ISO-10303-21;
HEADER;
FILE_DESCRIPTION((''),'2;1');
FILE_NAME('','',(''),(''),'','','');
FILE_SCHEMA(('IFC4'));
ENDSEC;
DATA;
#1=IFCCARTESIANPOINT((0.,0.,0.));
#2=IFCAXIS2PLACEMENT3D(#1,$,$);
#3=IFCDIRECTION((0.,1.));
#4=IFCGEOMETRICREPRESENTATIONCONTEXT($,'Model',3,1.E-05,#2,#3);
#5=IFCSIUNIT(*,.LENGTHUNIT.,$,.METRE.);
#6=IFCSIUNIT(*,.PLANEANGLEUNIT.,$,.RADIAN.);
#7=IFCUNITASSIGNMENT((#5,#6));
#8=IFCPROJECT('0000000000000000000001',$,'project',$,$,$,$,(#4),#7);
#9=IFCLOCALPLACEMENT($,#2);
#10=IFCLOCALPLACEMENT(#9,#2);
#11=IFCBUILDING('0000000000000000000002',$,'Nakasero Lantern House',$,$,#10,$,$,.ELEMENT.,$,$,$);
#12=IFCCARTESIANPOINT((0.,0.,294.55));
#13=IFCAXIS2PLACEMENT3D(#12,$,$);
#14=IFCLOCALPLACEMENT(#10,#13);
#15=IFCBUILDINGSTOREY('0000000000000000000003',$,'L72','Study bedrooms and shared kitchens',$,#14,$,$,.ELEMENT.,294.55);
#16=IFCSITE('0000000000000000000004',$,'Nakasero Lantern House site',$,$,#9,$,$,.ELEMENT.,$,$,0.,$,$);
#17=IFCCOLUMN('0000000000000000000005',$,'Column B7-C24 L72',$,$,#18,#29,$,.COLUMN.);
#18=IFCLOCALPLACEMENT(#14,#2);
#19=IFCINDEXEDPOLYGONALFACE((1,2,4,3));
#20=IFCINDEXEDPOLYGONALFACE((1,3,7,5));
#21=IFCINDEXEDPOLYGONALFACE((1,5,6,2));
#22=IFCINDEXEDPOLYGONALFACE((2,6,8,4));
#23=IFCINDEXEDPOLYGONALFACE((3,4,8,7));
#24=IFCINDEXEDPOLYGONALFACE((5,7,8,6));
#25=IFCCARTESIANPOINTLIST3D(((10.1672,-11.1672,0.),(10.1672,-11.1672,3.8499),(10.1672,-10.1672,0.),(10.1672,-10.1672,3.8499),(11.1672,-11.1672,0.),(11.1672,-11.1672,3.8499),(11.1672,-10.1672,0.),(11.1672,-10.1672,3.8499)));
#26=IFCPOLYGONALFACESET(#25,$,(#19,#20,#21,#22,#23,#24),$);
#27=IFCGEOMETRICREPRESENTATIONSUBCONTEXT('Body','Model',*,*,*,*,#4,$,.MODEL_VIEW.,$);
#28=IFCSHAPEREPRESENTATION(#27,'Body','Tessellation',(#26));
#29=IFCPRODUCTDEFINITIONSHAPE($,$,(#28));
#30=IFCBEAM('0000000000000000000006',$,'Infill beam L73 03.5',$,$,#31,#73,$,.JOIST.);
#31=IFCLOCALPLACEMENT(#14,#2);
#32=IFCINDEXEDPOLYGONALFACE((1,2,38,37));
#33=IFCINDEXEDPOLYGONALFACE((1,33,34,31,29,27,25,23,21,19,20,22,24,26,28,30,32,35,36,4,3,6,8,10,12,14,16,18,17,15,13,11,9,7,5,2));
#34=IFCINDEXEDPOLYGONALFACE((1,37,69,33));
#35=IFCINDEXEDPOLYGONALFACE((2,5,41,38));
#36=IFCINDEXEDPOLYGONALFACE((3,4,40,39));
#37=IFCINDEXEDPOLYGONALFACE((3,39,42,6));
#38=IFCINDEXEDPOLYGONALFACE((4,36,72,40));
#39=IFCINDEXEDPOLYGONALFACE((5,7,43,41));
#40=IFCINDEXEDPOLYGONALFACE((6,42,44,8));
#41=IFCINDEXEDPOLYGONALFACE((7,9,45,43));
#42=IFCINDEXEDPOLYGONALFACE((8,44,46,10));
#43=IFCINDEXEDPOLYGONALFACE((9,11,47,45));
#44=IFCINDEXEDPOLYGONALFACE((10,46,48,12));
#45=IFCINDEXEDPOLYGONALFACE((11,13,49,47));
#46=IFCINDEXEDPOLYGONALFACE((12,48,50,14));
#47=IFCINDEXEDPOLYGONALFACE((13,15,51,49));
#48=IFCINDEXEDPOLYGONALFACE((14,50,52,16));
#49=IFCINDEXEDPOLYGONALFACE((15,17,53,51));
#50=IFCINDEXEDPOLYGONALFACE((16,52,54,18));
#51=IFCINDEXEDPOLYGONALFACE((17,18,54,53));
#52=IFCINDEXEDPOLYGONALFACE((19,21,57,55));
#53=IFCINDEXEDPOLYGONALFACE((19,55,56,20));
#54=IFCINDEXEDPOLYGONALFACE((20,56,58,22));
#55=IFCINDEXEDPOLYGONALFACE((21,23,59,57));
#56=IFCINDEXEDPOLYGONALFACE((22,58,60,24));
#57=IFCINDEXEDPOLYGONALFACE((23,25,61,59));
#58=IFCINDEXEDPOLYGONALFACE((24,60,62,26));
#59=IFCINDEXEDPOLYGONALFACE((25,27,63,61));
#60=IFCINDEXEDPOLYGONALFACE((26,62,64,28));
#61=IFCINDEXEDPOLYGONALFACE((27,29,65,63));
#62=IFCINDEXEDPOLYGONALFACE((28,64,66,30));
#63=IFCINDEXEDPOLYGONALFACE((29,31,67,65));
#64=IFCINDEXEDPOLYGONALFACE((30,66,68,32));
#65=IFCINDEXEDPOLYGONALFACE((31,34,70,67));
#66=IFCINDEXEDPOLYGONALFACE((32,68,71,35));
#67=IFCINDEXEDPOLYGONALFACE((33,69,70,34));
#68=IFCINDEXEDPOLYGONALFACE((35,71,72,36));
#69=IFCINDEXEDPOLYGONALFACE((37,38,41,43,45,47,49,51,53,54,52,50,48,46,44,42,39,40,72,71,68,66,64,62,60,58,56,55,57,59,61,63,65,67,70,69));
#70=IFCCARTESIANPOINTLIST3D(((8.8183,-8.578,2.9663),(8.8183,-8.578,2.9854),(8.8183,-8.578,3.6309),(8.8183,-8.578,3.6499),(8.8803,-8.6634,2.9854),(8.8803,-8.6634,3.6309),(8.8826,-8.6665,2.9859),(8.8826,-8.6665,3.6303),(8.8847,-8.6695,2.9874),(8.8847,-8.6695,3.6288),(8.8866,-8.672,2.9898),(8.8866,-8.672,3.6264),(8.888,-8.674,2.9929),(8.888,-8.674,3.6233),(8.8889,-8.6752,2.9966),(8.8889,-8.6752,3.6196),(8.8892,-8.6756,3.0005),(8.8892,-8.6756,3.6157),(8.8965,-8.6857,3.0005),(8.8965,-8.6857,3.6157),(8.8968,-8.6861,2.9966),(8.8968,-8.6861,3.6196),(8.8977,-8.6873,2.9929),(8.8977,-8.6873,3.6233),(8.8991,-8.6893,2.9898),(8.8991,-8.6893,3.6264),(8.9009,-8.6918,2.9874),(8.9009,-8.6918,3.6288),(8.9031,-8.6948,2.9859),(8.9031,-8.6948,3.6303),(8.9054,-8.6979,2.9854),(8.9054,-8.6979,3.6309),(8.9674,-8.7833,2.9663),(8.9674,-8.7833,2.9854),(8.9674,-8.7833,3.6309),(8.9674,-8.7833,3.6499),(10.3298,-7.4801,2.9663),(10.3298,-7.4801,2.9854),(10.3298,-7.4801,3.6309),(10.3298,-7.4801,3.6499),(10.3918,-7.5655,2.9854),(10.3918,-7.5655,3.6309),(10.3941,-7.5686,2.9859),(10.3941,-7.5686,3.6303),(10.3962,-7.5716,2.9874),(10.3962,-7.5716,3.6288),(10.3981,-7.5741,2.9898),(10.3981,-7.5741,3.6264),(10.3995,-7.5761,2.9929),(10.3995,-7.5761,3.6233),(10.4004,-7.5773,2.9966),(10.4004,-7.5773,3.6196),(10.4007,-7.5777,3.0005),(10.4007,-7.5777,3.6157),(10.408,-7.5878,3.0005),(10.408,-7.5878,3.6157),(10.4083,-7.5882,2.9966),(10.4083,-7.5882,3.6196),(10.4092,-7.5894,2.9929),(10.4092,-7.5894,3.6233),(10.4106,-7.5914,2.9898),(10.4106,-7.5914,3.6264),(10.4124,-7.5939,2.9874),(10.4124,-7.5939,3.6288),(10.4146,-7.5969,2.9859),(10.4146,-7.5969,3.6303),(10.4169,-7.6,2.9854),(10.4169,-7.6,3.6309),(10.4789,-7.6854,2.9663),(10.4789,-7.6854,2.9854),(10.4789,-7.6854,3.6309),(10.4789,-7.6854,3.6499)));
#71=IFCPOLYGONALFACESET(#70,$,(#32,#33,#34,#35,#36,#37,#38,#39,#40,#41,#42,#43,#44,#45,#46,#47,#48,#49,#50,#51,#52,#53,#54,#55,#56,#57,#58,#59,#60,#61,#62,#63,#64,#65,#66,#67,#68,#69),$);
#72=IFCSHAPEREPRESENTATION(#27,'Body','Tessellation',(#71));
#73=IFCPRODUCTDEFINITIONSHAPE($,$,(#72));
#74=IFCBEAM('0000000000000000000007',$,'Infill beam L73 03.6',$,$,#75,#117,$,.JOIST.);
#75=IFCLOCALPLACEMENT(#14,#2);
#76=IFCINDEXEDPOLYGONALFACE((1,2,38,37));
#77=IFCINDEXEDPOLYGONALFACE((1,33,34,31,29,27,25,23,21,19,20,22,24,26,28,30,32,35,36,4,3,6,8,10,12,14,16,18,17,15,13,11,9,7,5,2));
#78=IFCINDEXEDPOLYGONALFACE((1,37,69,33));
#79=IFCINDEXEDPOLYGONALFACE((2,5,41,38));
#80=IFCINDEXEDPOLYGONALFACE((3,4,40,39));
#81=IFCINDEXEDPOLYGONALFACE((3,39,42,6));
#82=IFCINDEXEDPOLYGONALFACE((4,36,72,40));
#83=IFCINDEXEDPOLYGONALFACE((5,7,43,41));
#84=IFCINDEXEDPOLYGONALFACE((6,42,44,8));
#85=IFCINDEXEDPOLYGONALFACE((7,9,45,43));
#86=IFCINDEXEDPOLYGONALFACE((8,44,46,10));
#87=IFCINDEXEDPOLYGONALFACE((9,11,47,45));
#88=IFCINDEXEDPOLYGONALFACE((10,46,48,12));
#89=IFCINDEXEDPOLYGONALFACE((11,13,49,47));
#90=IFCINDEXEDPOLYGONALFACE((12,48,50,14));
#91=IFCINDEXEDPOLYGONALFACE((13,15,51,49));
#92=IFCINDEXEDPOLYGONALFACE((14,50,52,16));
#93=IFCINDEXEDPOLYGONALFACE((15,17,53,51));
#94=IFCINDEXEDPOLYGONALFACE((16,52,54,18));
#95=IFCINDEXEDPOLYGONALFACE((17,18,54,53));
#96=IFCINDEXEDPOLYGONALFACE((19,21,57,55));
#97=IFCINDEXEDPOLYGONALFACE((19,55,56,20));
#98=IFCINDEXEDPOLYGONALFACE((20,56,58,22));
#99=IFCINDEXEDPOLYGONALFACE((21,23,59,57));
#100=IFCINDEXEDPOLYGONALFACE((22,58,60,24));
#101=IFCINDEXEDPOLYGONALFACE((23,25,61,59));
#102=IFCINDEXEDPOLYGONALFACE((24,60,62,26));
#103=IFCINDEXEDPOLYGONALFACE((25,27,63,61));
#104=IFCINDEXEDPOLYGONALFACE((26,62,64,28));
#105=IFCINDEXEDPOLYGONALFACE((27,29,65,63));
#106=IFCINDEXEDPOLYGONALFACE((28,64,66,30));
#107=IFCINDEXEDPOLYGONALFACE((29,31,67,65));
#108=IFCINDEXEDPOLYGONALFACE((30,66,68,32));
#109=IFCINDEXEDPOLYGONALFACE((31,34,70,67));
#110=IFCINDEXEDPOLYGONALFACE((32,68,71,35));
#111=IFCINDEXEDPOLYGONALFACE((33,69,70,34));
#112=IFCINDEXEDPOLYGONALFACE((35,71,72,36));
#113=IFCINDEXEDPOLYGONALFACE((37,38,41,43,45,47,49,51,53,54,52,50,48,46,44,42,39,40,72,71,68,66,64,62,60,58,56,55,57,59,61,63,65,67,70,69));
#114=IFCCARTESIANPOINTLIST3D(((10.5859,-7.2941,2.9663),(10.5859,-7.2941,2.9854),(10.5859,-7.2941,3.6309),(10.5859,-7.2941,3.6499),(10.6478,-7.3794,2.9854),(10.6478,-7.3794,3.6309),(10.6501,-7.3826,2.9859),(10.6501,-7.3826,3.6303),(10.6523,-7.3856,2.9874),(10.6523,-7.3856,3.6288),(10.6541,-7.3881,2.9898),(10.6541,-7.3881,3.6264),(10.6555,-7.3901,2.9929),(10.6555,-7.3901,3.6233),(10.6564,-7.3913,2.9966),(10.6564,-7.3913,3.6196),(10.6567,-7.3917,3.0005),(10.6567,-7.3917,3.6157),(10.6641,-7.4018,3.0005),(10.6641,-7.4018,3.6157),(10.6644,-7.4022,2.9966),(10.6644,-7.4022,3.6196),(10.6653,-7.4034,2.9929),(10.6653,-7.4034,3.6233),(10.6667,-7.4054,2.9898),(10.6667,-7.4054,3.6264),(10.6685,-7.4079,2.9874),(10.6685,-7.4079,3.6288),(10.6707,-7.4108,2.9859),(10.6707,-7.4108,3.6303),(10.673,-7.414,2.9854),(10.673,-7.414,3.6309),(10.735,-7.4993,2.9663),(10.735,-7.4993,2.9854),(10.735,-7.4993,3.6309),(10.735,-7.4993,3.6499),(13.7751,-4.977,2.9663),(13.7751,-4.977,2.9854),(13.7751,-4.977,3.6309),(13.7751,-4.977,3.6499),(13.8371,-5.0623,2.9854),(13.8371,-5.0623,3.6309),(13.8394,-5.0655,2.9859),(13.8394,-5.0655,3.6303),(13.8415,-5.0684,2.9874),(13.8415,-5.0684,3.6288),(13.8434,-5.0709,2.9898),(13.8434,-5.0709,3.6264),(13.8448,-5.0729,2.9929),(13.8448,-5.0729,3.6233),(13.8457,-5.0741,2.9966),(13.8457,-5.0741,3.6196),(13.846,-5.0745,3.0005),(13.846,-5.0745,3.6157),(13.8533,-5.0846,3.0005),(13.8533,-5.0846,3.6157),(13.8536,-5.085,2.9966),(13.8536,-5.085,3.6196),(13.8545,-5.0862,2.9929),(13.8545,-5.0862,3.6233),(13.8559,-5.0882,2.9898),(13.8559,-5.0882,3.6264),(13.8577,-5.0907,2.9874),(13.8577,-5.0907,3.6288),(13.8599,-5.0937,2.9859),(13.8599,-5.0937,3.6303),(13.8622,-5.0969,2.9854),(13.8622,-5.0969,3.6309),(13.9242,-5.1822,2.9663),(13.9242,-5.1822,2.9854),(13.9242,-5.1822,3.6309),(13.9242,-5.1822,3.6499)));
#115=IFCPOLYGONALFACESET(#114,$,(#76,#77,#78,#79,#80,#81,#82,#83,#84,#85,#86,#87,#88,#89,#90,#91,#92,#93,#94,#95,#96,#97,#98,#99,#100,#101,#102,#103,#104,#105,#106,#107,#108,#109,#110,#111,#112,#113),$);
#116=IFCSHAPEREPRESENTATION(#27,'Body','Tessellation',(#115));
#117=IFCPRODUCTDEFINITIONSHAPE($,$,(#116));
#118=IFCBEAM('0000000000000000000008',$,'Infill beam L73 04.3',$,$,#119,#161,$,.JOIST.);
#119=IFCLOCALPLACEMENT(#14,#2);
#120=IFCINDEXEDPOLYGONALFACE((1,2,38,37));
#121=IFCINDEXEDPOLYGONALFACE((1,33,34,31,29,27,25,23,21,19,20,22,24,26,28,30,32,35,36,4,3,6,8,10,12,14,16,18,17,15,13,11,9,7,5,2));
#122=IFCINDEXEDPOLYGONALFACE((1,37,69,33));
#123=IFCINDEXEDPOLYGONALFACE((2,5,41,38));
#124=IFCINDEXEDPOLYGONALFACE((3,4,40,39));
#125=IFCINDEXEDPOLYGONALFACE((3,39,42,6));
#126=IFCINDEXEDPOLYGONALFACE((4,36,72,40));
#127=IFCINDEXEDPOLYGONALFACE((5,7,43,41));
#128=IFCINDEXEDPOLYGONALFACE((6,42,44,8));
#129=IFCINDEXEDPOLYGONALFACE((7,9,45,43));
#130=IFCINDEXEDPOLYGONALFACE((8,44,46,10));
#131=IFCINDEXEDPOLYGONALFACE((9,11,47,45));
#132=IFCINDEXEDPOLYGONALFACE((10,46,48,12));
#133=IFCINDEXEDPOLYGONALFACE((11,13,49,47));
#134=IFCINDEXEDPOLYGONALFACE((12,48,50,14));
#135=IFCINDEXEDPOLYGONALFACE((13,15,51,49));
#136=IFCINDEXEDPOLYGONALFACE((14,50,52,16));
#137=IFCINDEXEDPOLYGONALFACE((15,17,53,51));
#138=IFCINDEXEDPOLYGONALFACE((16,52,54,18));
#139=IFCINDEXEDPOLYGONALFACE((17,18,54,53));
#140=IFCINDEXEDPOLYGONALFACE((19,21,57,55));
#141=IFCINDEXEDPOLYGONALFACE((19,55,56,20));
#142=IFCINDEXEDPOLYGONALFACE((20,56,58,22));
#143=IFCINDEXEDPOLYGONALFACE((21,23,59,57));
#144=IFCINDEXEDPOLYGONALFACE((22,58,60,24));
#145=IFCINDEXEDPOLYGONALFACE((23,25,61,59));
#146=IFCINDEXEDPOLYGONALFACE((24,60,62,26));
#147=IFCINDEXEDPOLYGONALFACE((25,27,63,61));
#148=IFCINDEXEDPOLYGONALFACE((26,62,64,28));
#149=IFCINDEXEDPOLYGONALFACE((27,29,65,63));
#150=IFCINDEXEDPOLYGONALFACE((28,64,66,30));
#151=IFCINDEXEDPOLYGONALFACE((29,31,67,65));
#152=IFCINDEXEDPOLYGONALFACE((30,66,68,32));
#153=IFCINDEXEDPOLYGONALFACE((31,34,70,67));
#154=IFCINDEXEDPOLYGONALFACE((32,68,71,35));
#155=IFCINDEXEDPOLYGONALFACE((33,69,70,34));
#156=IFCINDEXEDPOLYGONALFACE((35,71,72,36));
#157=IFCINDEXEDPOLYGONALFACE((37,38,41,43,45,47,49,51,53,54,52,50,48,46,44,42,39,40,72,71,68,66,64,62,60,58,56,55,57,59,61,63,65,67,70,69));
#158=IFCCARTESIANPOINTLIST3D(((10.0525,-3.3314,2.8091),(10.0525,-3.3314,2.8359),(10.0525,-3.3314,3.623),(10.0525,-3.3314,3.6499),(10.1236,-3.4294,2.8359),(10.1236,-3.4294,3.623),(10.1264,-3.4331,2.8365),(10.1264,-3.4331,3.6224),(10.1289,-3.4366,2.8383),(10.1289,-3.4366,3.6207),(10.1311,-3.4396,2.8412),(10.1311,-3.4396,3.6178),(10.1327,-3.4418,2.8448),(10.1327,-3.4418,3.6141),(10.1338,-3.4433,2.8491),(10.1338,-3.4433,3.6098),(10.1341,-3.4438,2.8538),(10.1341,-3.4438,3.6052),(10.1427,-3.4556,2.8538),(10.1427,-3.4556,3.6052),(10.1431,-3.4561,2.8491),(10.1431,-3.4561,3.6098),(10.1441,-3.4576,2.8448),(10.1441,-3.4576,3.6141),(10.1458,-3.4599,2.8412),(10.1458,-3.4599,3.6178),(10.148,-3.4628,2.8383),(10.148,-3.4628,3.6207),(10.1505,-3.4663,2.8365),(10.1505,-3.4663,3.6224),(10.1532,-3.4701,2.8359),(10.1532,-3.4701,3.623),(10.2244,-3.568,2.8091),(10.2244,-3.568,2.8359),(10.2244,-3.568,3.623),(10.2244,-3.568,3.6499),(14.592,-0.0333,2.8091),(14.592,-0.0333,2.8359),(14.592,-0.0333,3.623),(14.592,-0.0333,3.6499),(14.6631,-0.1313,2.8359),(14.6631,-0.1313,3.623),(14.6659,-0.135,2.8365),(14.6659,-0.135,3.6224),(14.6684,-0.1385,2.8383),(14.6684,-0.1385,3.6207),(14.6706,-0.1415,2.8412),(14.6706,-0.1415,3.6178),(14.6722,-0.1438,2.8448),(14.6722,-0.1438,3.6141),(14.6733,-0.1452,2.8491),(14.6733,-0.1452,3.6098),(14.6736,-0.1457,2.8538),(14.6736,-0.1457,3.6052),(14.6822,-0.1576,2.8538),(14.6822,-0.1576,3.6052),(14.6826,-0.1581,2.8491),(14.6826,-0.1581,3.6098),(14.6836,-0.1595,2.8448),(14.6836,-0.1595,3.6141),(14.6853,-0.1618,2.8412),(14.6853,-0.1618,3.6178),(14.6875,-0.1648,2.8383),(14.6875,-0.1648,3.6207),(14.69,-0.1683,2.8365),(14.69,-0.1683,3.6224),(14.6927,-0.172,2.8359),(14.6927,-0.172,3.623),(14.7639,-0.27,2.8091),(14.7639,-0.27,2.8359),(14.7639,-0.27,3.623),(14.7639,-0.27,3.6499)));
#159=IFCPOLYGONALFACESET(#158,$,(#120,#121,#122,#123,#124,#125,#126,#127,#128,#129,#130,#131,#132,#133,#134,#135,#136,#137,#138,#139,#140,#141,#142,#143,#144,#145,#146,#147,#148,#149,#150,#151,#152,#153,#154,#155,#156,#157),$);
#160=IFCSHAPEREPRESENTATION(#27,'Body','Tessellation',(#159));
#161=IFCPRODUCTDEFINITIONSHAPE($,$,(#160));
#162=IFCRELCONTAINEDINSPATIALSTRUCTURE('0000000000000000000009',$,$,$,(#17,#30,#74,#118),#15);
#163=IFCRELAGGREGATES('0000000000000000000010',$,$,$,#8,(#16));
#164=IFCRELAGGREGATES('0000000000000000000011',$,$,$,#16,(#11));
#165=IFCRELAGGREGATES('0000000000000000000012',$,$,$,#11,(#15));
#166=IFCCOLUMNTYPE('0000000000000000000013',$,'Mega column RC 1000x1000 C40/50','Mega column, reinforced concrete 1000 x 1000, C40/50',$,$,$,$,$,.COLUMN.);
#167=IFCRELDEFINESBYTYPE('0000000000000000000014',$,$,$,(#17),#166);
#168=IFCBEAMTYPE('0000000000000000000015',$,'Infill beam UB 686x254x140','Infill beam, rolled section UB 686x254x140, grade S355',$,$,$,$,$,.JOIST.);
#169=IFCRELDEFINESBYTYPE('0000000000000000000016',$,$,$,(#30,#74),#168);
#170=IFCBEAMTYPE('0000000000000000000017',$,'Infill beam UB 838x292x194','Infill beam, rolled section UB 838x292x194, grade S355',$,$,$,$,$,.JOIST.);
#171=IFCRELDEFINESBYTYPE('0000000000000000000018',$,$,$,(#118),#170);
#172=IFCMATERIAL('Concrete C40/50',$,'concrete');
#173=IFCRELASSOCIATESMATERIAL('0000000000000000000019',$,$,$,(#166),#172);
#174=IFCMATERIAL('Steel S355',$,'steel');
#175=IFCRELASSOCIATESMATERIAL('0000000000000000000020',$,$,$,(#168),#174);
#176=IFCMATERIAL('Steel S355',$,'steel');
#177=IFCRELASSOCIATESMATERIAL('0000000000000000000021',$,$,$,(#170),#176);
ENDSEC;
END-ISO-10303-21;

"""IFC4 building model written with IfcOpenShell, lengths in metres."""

from ifc_helpers import new_model, si_unit, direction, frame, origin, origin_2d, place, context, subcontext, project, spatial, rectangle, i_section, extrude, material, material_profile, profile_set, type_object, element, save


model = new_model("IFC4")

# Units and contexts
model_context = context("Model", 3, precision=1e-05, world=origin(), true_north=direction((0.0, 1.0)))
body_context = subcontext(model_context, "Body", "Model", "MODEL_VIEW")
ifc_project = project(units=[si_unit("LENGTHUNIT", "METRE"), si_unit("PLANEANGLEUNIT", "RADIAN")], contexts=[model_context])

# Site, building, storey
site_placement = place(None, origin())
site = spatial("IfcSite", under=ifc_project, at=site_placement, Name="Nakasero Lantern House site", CompositionType="ELEMENT", RefElevation=0.0)
building_placement = place(site_placement, origin())
building = spatial("IfcBuilding", under=site, at=building_placement, Name="Nakasero Lantern House", CompositionType="ELEMENT")
storey_placement = place(building_placement, frame((0.0, 0.0, 294.55)))
storey = spatial("IfcBuildingStorey", under=building, at=storey_placement, Name="L72", Description="Study bedrooms and shared kitchens", CompositionType="ELEMENT", Elevation=294.55)

# Column
ifc_material_1 = material(Name="Concrete C40/50", Category="concrete")
ifc_material_profile_1 = material_profile(ifc_material_1, rectangle(XDim=1.0, YDim=1.0, at=origin_2d()), Name="RC 1000x1000")
ifc_profile_set_1 = profile_set([ifc_material_profile_1], Name="Concrete C40/50")
column_type = type_object("IfcColumnType", Name="Mega column RC 1000x1000 C40/50", Description="Mega column, reinforced concrete 1000 x 1000, C40/50", PredefinedType="COLUMN", material=ifc_profile_set_1)
column_placement = place(storey_placement, frame((10.6672, -10.6672, 0.0), z_axis=(0.0, 0.0, 1.0), x_axis=(1.0, 0.0, 0.0)))
element("IfcColumn", 1, at=column_placement, inside=storey, type_object=column_type, Name="Column B7-C24 L72", PredefinedType="COLUMN", context=body_context, shape_type="SweptSolid", body=[
    extrude(rectangle(XDim=1.0, YDim=1.0, at=origin_2d()), origin(), (0.0, 0.0, 1.0), 3.8499),
])

# Beams
ifc_material_2 = material(Name="Steel S355", Category="steel")
ifc_material_profile_2 = material_profile(ifc_material_2, i_section(OverallWidth=0.2537, OverallDepth=0.6836, WebThickness=0.0125, FlangeThickness=0.019, FilletRadius=0.0151, at=origin_2d()), Name="UB 686x254x140")
ifc_profile_set_2 = profile_set([ifc_material_profile_2], Name="Steel S355")
beam_type_1 = type_object("IfcBeamType", Name="Infill beam UB 686x254x140", Description="Infill beam, rolled section UB 686x254x140, grade S355", PredefinedType="JOIST", material=ifc_profile_set_2)
beam_1_placement = place(storey_placement, frame((8.8928, -8.6807, 3.3081), z_axis=(0.809081, 0.587698, 0.0), x_axis=(-0.587698, 0.809081, 0.0)))
element("IfcBeam", 2, at=beam_1_placement, inside=storey, type_object=beam_type_1, Name="Infill beam L73 03.5", PredefinedType="JOIST", context=body_context, shape_type="SweptSolid", body=[
    extrude(i_section(OverallWidth=0.2537, OverallDepth=0.6836, WebThickness=0.0125, FlangeThickness=0.019, FilletRadius=0.0151, at=origin_2d()), origin(), (0.0, 0.0, 1.0), 1.8682),
])
beam_2_placement = place(storey_placement, frame((10.6604, -7.3967, 3.3081), z_axis=(0.809012, 0.587792, 0.0), x_axis=(-0.587792, 0.809012, 0.0)))
element("IfcBeam", 3, at=beam_2_placement, inside=storey, type_object=beam_type_1, Name="Infill beam L73 03.6", PredefinedType="JOIST", context=body_context, shape_type="SweptSolid", body=[
    extrude(i_section(OverallWidth=0.2537, OverallDepth=0.6836, WebThickness=0.0125, FlangeThickness=0.019, FilletRadius=0.0151, at=origin_2d()), origin(), (0.0, 0.0, 1.0), 3.9421),
])
ifc_material_3 = material(Name="Steel S355", Category="steel")
ifc_material_profile_3 = material_profile(ifc_material_3, i_section(OverallWidth=0.2925, OverallDepth=0.8408, WebThickness=0.0146, FlangeThickness=0.0269, FilletRadius=0.0178, at=origin_2d()), Name="UB 838x292x194")
ifc_profile_set_3 = profile_set([ifc_material_profile_3], Name="Steel S355")
beam_type_2 = type_object("IfcBeamType", Name="Infill beam UB 838x292x194", Description="Infill beam, rolled section UB 838x292x194, grade S355", PredefinedType="JOIST", material=ifc_profile_set_3)
beam_3_placement = place(storey_placement, frame((10.1384, -3.4497, 3.2295), z_axis=(0.809024, 0.587776, 0.0), x_axis=(-0.587776, 0.809024, 0.0)))
element("IfcBeam", 4, at=beam_3_placement, inside=storey, type_object=beam_type_2, Name="Infill beam L73 04.3", PredefinedType="JOIST", context=body_context, shape_type="SweptSolid", body=[
    extrude(i_section(OverallWidth=0.2925, OverallDepth=0.8408, WebThickness=0.0146, FlangeThickness=0.0269, FilletRadius=0.0178, at=origin_2d()), origin(), (0.0, 0.0, 1.0), 5.6111),
])

save(model, "model.ifc")
